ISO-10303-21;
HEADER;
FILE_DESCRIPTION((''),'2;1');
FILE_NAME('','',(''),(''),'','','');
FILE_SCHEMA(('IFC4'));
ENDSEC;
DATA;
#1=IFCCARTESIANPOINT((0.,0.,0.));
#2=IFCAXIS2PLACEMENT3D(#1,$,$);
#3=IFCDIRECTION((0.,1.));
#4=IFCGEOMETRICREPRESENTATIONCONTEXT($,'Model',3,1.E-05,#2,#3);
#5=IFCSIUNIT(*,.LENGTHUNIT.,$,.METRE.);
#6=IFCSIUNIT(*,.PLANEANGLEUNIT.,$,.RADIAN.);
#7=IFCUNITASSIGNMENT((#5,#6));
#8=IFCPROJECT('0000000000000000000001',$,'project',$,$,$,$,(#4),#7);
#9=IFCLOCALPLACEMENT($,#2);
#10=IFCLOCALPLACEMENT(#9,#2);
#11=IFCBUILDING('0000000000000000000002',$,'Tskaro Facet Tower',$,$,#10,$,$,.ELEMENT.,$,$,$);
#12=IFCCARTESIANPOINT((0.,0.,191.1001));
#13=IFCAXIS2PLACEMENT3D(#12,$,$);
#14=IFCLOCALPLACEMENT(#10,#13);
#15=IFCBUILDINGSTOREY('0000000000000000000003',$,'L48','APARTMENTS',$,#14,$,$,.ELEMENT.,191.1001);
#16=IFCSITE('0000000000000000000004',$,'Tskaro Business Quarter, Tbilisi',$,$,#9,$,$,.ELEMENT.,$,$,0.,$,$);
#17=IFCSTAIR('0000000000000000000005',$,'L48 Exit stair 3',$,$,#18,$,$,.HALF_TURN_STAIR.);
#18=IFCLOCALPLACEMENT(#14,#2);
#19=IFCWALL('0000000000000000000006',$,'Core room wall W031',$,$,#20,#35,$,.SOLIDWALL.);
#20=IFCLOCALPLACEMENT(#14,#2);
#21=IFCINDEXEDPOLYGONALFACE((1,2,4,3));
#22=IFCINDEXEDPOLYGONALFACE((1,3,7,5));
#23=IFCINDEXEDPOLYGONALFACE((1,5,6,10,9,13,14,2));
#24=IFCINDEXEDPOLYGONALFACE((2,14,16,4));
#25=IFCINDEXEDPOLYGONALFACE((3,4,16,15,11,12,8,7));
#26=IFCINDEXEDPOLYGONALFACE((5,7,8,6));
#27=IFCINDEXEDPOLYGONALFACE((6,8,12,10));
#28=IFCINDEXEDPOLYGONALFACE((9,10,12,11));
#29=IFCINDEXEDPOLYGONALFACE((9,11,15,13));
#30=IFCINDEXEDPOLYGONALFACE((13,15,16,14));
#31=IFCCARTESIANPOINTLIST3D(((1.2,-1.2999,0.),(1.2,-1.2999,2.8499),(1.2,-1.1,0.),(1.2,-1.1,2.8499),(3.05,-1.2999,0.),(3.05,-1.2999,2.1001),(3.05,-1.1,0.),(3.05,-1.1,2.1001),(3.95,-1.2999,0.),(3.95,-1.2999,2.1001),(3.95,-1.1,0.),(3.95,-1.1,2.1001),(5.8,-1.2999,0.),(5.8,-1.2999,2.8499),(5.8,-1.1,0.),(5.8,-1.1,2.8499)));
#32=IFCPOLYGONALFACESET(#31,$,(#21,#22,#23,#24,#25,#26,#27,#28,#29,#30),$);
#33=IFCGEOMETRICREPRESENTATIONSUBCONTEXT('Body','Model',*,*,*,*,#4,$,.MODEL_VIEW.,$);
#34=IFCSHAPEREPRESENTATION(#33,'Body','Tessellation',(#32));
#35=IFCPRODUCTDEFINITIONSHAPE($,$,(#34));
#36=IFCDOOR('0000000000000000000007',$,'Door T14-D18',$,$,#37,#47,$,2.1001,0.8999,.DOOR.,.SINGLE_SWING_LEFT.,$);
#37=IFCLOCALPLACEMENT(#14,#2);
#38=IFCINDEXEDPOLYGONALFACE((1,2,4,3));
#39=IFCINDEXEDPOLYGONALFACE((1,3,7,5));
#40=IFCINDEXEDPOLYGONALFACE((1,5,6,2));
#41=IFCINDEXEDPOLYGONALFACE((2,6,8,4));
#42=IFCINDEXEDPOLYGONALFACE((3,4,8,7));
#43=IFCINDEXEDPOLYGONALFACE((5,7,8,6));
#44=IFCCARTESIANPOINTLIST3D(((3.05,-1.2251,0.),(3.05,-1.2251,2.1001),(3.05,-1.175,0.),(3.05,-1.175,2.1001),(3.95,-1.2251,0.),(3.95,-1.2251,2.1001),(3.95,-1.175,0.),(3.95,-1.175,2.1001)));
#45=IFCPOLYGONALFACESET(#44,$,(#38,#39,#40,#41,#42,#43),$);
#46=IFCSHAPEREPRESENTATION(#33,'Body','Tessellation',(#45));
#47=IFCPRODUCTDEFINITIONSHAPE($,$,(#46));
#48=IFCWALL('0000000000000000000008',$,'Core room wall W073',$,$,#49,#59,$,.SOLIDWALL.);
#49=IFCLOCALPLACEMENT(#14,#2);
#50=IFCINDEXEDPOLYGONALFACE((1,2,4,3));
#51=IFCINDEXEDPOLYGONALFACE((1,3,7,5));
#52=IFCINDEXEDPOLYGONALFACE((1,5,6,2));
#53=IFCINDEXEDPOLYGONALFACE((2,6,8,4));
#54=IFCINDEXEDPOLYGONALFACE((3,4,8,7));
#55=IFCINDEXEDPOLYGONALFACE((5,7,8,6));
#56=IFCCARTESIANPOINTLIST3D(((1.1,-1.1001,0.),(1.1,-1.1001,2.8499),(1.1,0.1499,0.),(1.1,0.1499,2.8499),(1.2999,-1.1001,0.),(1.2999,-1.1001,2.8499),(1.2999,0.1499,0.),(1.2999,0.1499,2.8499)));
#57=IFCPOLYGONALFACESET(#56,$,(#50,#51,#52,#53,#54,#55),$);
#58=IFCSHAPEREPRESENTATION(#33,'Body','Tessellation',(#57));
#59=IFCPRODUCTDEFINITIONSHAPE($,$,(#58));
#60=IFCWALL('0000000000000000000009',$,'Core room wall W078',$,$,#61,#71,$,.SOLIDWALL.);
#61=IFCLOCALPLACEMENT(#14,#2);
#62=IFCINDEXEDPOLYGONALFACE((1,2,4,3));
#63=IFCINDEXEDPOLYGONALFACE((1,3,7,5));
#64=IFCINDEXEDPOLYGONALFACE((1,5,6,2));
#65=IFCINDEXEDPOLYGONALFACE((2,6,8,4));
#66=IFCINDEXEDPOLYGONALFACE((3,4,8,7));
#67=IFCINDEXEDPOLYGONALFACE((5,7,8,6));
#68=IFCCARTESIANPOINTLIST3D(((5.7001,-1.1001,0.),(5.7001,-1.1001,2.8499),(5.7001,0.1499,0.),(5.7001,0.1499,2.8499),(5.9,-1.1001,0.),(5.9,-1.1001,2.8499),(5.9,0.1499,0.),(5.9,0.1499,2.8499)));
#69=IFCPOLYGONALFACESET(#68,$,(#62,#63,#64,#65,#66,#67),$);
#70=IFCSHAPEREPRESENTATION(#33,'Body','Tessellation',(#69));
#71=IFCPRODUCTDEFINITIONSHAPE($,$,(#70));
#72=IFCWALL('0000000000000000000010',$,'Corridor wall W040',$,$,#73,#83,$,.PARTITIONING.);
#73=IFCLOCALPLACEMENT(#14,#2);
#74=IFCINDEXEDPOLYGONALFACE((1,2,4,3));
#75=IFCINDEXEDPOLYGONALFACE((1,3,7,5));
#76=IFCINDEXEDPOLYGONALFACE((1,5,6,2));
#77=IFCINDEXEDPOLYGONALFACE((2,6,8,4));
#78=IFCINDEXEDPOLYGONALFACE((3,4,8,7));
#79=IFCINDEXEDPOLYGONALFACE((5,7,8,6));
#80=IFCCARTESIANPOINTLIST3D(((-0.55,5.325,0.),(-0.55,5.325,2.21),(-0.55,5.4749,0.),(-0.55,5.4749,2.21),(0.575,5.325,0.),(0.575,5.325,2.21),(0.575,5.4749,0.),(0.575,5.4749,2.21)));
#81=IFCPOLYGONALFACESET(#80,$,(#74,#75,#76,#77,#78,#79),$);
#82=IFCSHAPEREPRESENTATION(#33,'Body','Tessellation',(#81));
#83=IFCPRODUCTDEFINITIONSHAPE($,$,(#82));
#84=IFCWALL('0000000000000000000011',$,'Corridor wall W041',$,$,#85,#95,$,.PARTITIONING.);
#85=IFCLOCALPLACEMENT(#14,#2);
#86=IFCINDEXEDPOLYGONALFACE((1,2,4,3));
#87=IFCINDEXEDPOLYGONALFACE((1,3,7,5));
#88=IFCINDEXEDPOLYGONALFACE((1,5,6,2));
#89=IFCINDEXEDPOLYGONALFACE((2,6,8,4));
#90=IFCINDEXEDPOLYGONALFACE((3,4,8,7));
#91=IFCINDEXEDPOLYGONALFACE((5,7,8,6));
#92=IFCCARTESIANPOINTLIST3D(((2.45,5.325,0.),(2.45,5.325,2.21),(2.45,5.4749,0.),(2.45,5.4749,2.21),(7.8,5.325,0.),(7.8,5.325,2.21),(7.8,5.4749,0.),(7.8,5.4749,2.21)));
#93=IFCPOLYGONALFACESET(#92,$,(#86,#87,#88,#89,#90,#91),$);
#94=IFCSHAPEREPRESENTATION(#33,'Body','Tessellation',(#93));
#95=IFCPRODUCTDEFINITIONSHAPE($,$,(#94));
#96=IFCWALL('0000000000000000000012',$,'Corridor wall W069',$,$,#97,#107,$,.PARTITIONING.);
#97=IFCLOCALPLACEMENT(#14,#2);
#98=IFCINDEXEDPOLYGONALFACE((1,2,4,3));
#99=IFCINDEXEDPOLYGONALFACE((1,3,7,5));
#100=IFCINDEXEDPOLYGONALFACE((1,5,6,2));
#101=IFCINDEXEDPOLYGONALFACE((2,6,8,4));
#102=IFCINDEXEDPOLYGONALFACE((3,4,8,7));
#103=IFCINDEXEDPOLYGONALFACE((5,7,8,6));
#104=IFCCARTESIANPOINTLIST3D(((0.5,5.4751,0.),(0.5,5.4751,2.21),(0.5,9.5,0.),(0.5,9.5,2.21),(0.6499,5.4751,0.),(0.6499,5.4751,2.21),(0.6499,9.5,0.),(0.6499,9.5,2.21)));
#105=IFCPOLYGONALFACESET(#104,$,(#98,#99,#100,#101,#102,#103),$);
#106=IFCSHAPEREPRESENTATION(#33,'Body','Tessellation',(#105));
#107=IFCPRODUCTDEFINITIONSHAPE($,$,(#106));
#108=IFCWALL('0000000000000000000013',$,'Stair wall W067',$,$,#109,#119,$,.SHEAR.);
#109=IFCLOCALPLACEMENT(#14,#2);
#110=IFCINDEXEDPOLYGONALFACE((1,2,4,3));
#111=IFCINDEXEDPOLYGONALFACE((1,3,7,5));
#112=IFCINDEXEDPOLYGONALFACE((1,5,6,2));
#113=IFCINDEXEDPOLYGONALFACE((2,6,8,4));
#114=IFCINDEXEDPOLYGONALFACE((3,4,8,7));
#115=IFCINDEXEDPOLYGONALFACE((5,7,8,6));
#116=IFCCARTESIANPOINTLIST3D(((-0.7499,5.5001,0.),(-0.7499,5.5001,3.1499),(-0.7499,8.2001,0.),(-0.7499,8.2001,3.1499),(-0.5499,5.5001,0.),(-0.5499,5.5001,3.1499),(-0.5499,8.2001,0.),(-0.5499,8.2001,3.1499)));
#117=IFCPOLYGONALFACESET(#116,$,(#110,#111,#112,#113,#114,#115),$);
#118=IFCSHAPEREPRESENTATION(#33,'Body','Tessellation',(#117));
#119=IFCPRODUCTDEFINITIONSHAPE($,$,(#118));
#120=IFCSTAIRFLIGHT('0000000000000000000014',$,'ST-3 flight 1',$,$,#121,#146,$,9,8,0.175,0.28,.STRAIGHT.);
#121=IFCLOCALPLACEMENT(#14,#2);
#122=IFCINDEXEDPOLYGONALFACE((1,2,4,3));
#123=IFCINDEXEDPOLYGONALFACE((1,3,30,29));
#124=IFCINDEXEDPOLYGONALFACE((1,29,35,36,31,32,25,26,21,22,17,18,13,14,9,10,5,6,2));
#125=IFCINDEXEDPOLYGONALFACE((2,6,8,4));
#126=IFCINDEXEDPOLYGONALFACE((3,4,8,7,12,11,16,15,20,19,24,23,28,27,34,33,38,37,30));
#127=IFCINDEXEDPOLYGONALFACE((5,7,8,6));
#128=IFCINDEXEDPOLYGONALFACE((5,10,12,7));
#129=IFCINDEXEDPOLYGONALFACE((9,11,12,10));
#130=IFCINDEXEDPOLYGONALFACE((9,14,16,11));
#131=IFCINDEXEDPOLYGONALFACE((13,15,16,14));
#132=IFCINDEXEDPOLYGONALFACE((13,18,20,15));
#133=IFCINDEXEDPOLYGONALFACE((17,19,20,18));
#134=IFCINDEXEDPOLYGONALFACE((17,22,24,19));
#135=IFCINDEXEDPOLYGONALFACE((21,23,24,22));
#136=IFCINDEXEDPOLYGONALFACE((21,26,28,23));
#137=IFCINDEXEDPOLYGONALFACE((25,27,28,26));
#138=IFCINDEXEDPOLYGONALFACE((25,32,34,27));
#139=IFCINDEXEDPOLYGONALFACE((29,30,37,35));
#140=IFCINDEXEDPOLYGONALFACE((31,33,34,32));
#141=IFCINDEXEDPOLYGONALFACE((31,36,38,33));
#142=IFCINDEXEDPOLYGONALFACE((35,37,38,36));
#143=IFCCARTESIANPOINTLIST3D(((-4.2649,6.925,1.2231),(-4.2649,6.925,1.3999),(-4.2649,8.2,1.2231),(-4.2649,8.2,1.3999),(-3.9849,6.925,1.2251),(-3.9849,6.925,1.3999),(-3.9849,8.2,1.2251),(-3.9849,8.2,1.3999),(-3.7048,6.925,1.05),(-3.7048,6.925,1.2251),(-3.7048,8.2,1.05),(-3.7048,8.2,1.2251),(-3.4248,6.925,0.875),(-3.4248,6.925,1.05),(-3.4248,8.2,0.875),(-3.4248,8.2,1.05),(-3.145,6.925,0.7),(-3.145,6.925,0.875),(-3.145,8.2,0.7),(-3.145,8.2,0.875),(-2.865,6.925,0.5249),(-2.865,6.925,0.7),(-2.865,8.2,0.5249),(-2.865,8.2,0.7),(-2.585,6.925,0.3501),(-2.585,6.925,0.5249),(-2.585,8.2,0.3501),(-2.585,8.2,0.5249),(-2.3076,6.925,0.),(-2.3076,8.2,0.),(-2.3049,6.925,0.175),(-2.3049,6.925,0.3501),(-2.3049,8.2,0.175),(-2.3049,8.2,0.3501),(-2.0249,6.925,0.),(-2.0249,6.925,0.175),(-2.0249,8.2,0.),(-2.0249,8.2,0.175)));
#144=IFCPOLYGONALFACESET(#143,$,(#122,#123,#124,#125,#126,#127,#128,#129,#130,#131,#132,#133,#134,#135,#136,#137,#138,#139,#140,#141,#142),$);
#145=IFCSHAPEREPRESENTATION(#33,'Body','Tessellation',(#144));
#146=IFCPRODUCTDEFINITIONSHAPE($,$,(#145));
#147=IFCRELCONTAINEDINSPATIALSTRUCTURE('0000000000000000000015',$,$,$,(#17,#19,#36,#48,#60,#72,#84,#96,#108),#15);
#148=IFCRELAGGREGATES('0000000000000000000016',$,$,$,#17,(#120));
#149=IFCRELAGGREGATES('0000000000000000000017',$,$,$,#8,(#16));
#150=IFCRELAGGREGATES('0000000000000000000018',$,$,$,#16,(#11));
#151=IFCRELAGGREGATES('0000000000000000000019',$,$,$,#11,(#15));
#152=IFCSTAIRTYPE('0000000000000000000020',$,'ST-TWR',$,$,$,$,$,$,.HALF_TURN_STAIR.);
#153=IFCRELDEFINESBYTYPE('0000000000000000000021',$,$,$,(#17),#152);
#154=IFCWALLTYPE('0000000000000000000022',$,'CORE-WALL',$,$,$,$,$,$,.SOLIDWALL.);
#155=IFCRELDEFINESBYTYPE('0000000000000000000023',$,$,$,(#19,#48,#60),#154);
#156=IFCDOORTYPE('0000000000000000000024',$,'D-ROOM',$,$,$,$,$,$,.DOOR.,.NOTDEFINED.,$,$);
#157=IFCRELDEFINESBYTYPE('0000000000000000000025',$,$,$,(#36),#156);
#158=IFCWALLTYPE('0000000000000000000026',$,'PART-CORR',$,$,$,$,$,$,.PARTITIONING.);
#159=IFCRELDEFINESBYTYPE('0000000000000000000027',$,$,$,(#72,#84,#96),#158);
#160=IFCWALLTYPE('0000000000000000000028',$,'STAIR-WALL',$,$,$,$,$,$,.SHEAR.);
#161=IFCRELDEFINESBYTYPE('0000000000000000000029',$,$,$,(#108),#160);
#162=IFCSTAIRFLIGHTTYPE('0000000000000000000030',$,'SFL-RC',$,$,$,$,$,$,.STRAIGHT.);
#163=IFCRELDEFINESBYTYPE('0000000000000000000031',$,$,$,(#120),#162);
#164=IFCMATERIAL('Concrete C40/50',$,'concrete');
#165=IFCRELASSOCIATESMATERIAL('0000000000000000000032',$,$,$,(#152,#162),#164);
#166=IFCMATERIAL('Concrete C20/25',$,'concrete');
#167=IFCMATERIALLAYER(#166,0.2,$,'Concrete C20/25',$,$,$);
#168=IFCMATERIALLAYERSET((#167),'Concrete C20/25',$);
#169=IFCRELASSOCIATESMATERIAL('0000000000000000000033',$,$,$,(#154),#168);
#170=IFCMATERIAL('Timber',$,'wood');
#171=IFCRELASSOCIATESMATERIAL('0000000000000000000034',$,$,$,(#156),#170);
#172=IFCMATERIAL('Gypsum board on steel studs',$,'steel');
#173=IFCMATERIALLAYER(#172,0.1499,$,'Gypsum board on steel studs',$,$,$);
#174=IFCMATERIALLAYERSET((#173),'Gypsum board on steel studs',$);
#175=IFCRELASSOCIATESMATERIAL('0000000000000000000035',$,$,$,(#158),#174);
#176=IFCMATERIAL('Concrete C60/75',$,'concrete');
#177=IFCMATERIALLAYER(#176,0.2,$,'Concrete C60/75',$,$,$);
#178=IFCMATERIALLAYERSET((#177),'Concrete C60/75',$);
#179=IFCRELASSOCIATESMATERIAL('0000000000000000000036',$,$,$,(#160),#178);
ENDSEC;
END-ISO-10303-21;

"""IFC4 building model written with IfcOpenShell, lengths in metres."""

from ifc_helpers import new_model, si_unit, direction, frame, frame_2d, origin, place, context, subcontext, project, spatial, polyline, rectangle, outline, extrude, material, layer, layer_set, type_object, element, fill, aggregate, save


model = new_model("IFC4")

# Units and contexts
model_context = context("Model", 3, precision=1e-05, world=origin(), true_north=direction((0.0, 1.0)))
body_context = subcontext(model_context, "Body", "Model", "MODEL_VIEW")
ifc_project = project(units=[si_unit("LENGTHUNIT", "METRE"), si_unit("PLANEANGLEUNIT", "RADIAN")], contexts=[model_context])

# Site, building, storey
site_placement = place(None, origin())
site = spatial("IfcSite", under=ifc_project, at=site_placement, Name="Tskaro Business Quarter, Tbilisi", CompositionType="ELEMENT", RefElevation=0.0)
building_placement = place(site_placement, origin())
building = spatial("IfcBuilding", under=site, at=building_placement, Name="Tskaro Facet Tower", CompositionType="ELEMENT")
storey_placement = place(building_placement, frame((0.0, 0.0, 191.1001)))
storey = spatial("IfcBuildingStorey", under=building, at=storey_placement, Name="L48", Description="APARTMENTS", CompositionType="ELEMENT", Elevation=191.1001)

# Stair
ifc_material_1 = material(Name="Concrete C40/50", Category="concrete")
stair_type = type_object("IfcStairType", Name="ST-TWR", PredefinedType="HALF_TURN_STAIR", material=ifc_material_1)
stair_1_placement = place(storey_placement, origin())
stair_1 = element("IfcStair", 1, at=stair_1_placement, inside=storey, type_object=stair_type, Name="L48 Exit stair 3", PredefinedType="HALF_TURN_STAIR")

# Shared definitions
ifc_material_2 = material(Name="Concrete C60/75", Category="concrete")

# Wall, opening, door
ifc_material_3 = material(Name="Concrete C20/25", Category="concrete")
ifc_layer_1 = layer(ifc_material_3, 0.2, Name="Concrete C20/25")
ifc_layer_set_1 = layer_set([ifc_layer_1], Name="Concrete C20/25")
wall_type_1 = type_object("IfcWallType", Name="CORE-WALL", PredefinedType="SOLIDWALL", material=ifc_layer_set_1)
wall_1_placement = place(storey_placement, frame((1.2, -1.2, 0.0), z_axis=(0.0, 0.0, 1.0), x_axis=(1.0, 0.0, 0.0)))
wall_1 = element("IfcWall", 2, at=wall_1_placement, inside=storey, type_object=wall_type_1, Name="Core room wall W031", PredefinedType="SOLIDWALL", context=body_context, shape_type="SweptSolid", body=[
    extrude(rectangle(XDim=4.6001, YDim=0.2, at=frame_2d((2.3, 0.0))), origin(), (0.0, 0.0, 1.0), 2.8499),
])
opening_placement = place(wall_1_placement, frame((1.8501, 0.0, 0.0)))
opening = element("IfcOpeningElement", 3, at=opening_placement, cuts=wall_1, PredefinedType="OPENING", context=body_context, shape_type="SweptSolid", body=[
    extrude(rectangle(XDim=0.8999, YDim=2.1001, at=frame_2d((0.45, 1.05))), frame((0.0, 0.1099, 0.0), z_axis=(0.0, -1.0, 0.0), x_axis=(1.0, 0.0, 0.0)), (0.0, 0.0, 1.0), 0.22),
])
ifc_material_4 = material(Name="Timber", Category="wood")
door_type = type_object("IfcDoorType", Name="D-ROOM", OperationType="NOTDEFINED", PredefinedType="DOOR", material=ifc_material_4)
door_placement = place(opening_placement, origin())
door = element("IfcDoor", 4, at=door_placement, inside=storey, type_object=door_type, Name="Door T14-D18", OperationType="SINGLE_SWING_LEFT", OverallHeight=2.1001, OverallWidth=0.8999, PredefinedType="DOOR", context=body_context, shape_type="SweptSolid", body=[
    extrude(rectangle(XDim=0.8999, YDim=2.1001, at=frame_2d((0.45, 1.05))), frame((0.0, 0.0249, 0.0), z_axis=(0.0, -1.0, 0.0), x_axis=(1.0, 0.0, 0.0)), (0.0, 0.0, 1.0), 0.05),
])
fill(opening, door)

# Walls
for number, where, z_axis, x_axis, name in (
    (5, (1.2, -1.1001, 0.0), (0.0, 0.0, 1.0), (0.0, 1.0, 0.0), "Core room wall W073"),
    (6, (5.8, -1.1001, 0.0), (0.0, 0.0, 1.0), (0.0, 1.0, 0.0), "Core room wall W078"),
):
    element("IfcWall", number, at=place(storey_placement, frame(where, z_axis=z_axis, x_axis=x_axis)), inside=storey, type_object=wall_type_1, Name=name, PredefinedType="SOLIDWALL", context=body_context, shape_type="SweptSolid", body=[
        extrude(rectangle(XDim=1.25, YDim=0.2, at=frame_2d((0.625, 0.0))), origin(), (0.0, 0.0, 1.0), 2.8499),
    ])
ifc_material_5 = material(Name="Gypsum board on steel studs", Category="steel")
ifc_layer_2 = layer(ifc_material_5, 0.1499, Name="Gypsum board on steel studs")
ifc_layer_set_2 = layer_set([ifc_layer_2], Name="Gypsum board on steel studs")
wall_type_2 = type_object("IfcWallType", Name="PART-CORR", PredefinedType="PARTITIONING", material=ifc_layer_set_2)
wall_2_placement = place(storey_placement, frame((-0.55, 5.3999, 0.0), z_axis=(0.0, 0.0, 1.0), x_axis=(1.0, 0.0, 0.0)))
element("IfcWall", 7, at=wall_2_placement, inside=storey, type_object=wall_type_2, Name="Corridor wall W040", PredefinedType="PARTITIONING", context=body_context, shape_type="SweptSolid", body=[
    extrude(rectangle(XDim=1.125, YDim=0.1499, at=frame_2d((0.5625, 0.0))), origin(), (0.0, 0.0, 1.0), 2.21),
])
wall_3_placement = place(storey_placement, frame((2.45, 5.3999, 0.0), z_axis=(0.0, 0.0, 1.0), x_axis=(1.0, 0.0, 0.0)))
element("IfcWall", 8, at=wall_3_placement, inside=storey, type_object=wall_type_2, Name="Corridor wall W041", PredefinedType="PARTITIONING", context=body_context, shape_type="SweptSolid", body=[
    extrude(rectangle(XDim=5.3501, YDim=0.1499, at=frame_2d((2.675, 0.0))), origin(), (0.0, 0.0, 1.0), 2.21),
])
wall_4_placement = place(storey_placement, frame((0.575, 5.4751, 0.0), z_axis=(0.0, 0.0, 1.0), x_axis=(0.0, 1.0, 0.0)))
element("IfcWall", 9, at=wall_4_placement, inside=storey, type_object=wall_type_2, Name="Corridor wall W069", PredefinedType="PARTITIONING", context=body_context, shape_type="SweptSolid", body=[
    extrude(rectangle(XDim=4.0249, YDim=0.1499, at=frame_2d((2.0125, 0.0))), origin(), (0.0, 0.0, 1.0), 2.21),
])
ifc_layer_3 = layer(ifc_material_2, 0.2, Name="Concrete C60/75")
ifc_layer_set_3 = layer_set([ifc_layer_3], Name="Concrete C60/75")
wall_type_3 = type_object("IfcWallType", Name="STAIR-WALL", PredefinedType="SHEAR", material=ifc_layer_set_3)
wall_5_placement = place(storey_placement, frame((-0.6499, 5.5, 0.0), z_axis=(0.0, 0.0, 1.0), x_axis=(0.0, 1.0, 0.0)))
element("IfcWall", 10, at=wall_5_placement, inside=storey, type_object=wall_type_3, Name="Stair wall W067", PredefinedType="SHEAR", context=body_context, shape_type="SweptSolid", body=[
    extrude(rectangle(XDim=2.7, YDim=0.2, at=frame_2d((1.3501, 0.0))), origin(), (0.0, 0.0, 1.0), 3.1499),
])

# Stair flight
stair_flight_type = type_object("IfcStairFlightType", Name="SFL-RC", PredefinedType="STRAIGHT", material=ifc_material_1)
stair_flight_placement = place(storey_placement, frame((-2.0249, 7.5625, 0.0), z_axis=(0.0, 0.0, 1.0), x_axis=(-1.0, 0.0, 0.0)))
stair_flight = element("IfcStairFlight", 11, at=stair_flight_placement, type_object=stair_flight_type, Name="ST-3 flight 1", NumberOfRisers=9, NumberOfTreads=8, PredefinedType="STRAIGHT", RiserHeight=0.175, TreadLength=0.28, context=body_context, shape_type="SweptSolid", body=[
    extrude(outline(polyline([(0.0, 0.0), (0.0, 0.175), (0.28, 0.175), (0.28, 0.3501), (0.5601, 0.3501), (0.5601, 0.5249), (0.8401, 0.5249), (0.8401, 0.7), (1.1201, 0.7), (1.1201, 0.875), (1.3999, 0.875), (1.3999, 1.05), (1.6799, 1.05), (1.6799, 1.2251), (1.96, 1.2251), (1.96, 1.3999), (2.24, 1.3999), (2.24, 1.575), (2.24, 1.2231), (0.2827, 0.0), (0.0, 0.0)])), frame((0.0, 0.6375, 0.0), z_axis=(0.0, -1.0, 0.0), x_axis=(1.0, 0.0, 0.0)), (0.0, 0.0, 1.0), 1.2749),
])
aggregate(stair_1, [stair_flight])

save(model, "model.ifc")
